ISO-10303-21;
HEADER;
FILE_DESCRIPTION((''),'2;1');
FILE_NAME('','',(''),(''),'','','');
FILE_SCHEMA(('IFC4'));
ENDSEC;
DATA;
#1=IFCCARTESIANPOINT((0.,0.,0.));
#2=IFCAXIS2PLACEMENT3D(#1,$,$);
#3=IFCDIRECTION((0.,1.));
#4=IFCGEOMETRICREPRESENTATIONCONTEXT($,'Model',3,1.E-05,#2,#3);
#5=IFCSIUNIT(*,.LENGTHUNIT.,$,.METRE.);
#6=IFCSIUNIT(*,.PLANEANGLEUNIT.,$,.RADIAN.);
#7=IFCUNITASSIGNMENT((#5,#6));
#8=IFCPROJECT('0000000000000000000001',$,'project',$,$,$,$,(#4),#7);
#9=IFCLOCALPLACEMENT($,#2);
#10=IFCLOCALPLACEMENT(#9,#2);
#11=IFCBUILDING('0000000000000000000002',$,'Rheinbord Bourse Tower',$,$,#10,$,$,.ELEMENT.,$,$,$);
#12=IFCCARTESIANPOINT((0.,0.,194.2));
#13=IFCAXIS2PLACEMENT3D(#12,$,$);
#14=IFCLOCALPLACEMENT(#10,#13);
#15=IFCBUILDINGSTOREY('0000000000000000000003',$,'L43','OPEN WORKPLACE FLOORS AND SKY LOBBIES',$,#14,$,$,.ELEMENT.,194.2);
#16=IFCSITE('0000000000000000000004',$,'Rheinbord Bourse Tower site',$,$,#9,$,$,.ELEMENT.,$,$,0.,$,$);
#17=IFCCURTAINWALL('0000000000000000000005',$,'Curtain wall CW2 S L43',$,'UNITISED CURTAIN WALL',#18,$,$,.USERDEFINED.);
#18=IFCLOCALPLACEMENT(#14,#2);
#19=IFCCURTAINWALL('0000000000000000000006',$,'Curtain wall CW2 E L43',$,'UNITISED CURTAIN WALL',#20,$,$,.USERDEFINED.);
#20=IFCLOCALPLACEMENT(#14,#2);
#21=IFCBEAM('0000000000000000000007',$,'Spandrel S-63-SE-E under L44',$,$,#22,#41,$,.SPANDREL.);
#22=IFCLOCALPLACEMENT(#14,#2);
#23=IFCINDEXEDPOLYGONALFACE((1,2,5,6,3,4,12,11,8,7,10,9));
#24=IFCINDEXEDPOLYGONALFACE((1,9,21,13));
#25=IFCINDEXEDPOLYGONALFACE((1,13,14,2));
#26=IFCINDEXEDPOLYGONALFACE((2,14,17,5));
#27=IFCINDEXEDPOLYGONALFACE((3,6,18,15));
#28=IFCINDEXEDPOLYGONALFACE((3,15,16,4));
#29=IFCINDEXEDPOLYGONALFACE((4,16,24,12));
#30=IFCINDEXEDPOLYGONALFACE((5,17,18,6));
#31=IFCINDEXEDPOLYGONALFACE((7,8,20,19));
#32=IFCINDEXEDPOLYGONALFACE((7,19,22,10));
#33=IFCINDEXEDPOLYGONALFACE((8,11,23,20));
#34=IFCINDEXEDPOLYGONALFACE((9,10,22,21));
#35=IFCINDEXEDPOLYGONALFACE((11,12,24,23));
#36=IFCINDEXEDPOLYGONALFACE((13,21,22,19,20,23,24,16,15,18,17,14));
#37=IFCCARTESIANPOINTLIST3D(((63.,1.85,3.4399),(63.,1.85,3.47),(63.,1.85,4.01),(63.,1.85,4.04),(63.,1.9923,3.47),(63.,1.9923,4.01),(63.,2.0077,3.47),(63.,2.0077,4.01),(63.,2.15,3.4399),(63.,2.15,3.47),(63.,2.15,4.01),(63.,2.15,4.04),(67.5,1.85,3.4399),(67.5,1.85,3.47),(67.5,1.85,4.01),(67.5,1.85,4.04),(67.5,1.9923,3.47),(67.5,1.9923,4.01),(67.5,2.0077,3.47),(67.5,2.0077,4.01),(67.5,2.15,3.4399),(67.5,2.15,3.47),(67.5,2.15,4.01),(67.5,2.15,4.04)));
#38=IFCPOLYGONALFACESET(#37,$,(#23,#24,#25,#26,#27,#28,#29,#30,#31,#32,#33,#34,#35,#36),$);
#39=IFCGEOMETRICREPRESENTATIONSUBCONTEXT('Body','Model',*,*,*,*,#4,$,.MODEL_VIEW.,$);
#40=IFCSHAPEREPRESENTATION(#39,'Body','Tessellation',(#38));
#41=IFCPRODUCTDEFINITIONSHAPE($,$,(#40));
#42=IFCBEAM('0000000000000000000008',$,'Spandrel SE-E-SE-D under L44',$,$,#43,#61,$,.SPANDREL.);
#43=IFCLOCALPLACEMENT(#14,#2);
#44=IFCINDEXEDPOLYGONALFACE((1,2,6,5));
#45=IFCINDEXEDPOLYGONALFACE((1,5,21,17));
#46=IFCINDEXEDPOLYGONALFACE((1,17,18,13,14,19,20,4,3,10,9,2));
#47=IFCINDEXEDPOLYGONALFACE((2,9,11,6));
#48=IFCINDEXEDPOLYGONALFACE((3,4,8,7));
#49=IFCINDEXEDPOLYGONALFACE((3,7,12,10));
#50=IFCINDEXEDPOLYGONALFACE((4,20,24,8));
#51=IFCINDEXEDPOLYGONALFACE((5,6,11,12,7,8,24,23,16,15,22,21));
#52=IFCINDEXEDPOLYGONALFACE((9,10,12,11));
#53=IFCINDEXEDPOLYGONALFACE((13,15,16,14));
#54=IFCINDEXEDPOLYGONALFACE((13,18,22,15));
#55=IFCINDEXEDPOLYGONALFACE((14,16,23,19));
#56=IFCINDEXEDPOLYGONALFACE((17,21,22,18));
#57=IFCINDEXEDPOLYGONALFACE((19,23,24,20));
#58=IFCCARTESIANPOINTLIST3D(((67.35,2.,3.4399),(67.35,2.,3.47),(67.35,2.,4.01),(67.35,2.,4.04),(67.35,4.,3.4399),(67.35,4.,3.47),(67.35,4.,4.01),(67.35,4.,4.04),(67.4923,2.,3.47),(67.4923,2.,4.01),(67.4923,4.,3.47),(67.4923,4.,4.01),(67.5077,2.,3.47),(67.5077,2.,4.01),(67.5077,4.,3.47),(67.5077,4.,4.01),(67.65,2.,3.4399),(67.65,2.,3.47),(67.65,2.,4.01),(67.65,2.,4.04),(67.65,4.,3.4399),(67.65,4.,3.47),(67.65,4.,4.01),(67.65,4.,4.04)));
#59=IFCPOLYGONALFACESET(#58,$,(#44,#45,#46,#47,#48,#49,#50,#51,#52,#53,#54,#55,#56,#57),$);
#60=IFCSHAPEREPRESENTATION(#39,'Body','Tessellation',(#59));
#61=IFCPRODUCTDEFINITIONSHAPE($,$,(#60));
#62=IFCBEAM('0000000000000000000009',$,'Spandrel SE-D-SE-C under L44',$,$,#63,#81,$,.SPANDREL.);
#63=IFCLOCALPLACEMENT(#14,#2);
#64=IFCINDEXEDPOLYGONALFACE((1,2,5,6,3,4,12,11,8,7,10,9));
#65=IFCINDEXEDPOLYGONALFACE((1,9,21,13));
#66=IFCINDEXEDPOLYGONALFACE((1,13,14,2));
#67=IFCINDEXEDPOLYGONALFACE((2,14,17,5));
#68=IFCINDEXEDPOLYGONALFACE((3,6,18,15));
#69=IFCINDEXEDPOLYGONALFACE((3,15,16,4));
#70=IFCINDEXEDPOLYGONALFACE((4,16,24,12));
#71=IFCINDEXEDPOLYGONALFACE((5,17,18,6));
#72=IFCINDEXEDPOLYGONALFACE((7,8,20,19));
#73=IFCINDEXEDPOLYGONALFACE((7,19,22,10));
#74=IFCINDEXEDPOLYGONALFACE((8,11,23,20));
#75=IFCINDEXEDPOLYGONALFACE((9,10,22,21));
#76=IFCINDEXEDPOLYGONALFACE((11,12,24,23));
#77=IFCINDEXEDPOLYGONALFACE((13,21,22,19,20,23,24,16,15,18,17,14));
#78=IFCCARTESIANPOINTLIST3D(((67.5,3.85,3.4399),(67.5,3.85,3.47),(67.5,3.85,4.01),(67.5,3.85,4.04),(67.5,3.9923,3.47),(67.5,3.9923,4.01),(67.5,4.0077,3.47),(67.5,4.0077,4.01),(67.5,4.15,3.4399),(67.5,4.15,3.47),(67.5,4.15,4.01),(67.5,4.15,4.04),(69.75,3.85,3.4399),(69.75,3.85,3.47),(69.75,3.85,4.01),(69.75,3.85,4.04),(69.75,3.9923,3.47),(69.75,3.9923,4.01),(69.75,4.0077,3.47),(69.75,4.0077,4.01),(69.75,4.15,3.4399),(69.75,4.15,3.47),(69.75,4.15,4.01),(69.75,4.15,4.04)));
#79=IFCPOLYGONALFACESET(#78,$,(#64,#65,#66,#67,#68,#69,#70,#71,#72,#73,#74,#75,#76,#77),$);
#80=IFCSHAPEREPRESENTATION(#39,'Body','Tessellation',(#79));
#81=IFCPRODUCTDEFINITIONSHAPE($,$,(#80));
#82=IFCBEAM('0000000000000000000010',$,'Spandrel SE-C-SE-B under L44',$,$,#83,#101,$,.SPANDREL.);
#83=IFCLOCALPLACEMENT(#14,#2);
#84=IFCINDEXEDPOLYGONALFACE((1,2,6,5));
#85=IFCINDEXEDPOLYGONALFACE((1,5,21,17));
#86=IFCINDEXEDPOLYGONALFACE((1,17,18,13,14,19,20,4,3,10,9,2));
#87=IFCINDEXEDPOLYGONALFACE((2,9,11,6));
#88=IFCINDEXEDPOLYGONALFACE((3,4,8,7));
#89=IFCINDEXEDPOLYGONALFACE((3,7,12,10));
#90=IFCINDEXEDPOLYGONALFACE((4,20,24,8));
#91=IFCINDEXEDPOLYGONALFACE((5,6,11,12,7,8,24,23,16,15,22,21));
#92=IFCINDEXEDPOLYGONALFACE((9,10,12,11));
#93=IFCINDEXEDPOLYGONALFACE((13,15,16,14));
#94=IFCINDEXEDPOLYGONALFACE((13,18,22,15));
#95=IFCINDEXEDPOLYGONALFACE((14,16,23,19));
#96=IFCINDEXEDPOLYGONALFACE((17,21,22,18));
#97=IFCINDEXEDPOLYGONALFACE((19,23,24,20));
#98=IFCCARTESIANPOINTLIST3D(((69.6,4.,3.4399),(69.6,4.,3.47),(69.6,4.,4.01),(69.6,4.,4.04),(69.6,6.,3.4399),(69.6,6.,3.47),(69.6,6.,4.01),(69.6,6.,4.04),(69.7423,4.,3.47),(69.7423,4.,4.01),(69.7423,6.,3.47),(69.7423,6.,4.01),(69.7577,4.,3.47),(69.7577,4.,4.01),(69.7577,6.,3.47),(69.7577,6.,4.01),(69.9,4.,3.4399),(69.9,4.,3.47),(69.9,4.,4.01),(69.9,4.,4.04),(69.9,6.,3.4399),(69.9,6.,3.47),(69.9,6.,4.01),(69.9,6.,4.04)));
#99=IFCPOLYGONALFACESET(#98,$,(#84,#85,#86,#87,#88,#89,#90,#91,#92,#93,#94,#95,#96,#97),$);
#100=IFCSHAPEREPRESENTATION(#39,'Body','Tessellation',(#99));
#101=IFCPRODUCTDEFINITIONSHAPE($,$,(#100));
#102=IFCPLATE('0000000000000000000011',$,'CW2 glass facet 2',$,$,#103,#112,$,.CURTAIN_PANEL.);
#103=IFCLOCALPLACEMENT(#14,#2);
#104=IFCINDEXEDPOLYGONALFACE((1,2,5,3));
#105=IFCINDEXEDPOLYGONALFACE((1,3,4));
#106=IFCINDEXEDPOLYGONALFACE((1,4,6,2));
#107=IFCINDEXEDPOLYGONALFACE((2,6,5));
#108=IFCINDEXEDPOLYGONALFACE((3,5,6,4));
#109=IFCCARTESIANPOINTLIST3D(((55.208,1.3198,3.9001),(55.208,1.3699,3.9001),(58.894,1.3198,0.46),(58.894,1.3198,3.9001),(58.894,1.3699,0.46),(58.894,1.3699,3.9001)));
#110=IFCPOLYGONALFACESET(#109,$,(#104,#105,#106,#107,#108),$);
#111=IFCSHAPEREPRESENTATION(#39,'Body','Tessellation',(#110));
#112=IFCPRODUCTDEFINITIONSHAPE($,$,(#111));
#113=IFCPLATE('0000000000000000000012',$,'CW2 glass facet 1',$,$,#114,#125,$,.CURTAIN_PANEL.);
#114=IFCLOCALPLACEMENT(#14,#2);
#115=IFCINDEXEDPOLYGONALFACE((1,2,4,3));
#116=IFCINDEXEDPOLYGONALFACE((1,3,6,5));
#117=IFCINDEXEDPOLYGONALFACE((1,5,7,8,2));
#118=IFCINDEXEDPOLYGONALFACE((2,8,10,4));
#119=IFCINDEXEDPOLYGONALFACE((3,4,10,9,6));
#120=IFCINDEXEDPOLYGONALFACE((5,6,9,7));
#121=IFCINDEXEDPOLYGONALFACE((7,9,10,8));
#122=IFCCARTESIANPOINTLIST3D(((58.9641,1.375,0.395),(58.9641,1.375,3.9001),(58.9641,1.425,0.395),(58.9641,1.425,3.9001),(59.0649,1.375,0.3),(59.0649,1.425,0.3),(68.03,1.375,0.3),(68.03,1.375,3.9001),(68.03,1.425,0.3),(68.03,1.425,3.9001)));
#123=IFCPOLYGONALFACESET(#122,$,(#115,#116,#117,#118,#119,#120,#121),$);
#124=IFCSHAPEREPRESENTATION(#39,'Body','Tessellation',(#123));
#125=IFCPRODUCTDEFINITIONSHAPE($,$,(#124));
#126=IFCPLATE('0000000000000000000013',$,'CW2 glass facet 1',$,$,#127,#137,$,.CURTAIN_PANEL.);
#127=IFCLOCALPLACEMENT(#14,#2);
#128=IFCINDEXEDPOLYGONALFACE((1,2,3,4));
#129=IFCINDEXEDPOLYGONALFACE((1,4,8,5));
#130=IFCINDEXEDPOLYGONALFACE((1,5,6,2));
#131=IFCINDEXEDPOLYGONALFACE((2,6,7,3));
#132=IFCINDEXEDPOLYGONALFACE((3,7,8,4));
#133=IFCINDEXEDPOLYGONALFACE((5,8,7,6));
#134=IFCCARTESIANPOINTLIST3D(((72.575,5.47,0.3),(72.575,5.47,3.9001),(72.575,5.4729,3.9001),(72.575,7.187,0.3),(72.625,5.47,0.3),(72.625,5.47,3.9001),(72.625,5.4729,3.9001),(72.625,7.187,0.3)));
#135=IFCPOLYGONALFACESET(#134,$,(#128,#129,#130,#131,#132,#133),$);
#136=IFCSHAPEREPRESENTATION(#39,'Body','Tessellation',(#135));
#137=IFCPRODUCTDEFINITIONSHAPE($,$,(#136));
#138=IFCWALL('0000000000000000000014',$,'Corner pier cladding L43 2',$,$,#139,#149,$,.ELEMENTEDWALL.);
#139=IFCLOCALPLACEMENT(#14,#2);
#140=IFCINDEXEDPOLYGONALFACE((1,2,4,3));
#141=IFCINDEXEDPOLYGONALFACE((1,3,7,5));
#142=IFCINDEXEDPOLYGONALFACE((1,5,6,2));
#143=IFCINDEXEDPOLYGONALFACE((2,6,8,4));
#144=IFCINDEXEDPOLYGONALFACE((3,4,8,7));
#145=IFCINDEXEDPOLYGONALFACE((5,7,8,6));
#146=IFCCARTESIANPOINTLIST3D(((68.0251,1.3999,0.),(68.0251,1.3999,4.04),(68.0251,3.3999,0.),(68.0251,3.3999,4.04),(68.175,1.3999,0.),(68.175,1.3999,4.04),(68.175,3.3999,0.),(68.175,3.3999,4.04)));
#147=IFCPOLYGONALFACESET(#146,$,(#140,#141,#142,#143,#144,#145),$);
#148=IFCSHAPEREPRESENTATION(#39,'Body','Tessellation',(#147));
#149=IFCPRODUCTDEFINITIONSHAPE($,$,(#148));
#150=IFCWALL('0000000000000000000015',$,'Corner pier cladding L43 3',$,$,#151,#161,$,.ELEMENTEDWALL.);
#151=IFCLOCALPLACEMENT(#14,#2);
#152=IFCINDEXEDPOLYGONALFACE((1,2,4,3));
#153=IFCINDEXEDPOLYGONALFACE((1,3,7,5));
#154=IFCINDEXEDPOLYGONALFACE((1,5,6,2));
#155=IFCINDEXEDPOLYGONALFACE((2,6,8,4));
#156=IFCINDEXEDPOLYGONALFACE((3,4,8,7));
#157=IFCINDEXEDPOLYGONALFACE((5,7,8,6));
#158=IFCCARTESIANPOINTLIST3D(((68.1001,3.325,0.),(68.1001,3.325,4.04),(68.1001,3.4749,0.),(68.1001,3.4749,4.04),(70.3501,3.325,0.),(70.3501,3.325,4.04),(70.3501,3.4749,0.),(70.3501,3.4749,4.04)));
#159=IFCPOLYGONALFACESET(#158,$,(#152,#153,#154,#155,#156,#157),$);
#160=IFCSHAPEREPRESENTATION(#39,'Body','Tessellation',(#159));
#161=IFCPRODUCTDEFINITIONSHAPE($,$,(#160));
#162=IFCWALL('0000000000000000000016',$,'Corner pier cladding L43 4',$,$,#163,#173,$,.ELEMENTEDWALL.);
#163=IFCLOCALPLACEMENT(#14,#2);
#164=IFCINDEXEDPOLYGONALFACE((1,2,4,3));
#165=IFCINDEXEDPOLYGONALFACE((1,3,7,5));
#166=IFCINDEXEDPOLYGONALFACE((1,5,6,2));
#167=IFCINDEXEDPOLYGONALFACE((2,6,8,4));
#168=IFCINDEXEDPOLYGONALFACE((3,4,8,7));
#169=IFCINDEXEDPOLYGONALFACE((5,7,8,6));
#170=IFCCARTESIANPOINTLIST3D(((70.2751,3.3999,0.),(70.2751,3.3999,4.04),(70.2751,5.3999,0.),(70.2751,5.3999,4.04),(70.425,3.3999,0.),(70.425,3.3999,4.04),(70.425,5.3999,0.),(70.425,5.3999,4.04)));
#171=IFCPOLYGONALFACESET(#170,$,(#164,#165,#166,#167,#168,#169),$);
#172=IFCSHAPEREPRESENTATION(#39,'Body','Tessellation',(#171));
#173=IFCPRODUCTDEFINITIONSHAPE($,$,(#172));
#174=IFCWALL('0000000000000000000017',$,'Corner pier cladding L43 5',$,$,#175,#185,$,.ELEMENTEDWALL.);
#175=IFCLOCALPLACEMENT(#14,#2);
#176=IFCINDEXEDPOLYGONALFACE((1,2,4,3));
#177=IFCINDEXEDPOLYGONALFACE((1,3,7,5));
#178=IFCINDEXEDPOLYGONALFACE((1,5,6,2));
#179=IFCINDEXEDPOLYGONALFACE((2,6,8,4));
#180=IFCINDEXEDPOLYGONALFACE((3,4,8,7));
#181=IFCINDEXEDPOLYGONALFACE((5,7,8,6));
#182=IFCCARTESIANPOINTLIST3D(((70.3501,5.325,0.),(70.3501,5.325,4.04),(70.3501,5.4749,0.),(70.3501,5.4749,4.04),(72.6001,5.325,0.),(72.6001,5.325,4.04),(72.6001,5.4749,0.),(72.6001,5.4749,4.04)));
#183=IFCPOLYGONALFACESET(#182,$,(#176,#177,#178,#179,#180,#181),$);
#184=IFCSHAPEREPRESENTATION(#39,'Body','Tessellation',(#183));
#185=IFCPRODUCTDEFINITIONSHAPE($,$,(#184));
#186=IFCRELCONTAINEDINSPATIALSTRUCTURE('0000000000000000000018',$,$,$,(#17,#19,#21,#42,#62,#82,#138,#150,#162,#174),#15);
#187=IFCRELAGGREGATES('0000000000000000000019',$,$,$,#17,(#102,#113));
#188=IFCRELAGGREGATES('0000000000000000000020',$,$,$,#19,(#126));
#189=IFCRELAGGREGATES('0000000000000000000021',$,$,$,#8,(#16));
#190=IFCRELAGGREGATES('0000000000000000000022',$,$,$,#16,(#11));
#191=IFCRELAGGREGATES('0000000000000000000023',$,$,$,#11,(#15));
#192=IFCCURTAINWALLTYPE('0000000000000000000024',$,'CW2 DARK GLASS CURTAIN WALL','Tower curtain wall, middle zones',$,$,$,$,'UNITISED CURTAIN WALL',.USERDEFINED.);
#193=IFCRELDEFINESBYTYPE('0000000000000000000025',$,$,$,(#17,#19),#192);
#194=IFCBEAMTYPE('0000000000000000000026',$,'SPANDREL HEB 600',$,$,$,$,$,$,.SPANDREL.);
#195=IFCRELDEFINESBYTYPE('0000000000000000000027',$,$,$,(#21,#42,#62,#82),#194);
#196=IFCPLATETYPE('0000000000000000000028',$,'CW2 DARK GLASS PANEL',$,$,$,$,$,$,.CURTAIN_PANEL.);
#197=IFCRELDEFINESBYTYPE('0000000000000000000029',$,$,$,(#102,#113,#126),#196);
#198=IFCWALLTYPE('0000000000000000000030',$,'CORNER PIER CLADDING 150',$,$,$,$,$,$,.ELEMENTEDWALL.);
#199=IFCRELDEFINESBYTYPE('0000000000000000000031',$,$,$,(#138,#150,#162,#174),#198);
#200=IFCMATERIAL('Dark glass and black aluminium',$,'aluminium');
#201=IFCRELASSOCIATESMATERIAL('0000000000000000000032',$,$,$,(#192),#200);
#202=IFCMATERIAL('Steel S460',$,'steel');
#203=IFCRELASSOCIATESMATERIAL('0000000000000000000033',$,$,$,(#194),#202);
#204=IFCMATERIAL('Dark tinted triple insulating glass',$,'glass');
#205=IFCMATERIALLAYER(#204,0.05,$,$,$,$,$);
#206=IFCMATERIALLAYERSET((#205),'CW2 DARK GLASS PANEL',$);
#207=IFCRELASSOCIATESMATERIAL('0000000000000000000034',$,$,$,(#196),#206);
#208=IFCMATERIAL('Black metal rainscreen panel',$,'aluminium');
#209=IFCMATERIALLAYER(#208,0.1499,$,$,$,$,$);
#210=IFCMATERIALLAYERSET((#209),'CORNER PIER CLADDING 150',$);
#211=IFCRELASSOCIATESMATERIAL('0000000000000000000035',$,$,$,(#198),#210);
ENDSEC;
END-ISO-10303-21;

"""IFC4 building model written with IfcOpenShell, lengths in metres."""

from ifc_helpers import new_model, si_unit, direction, frame, frame_2d, origin, origin_2d, place, context, subcontext, project, spatial, polyline, rectangle, i_section, outline, extrude, material, layer, layer_set, material_profile, profile_set, type_object, element, aggregate, save


model = new_model("IFC4")

# Units and contexts
model_context = context("Model", 3, precision=1e-05, world=origin(), true_north=direction((0.0, 1.0)))
body_context = subcontext(model_context, "Body", "Model", "MODEL_VIEW")
ifc_project = project(units=[si_unit("LENGTHUNIT", "METRE"), si_unit("PLANEANGLEUNIT", "RADIAN")], contexts=[model_context])

# Site, building, storey
site_placement = place(None, origin())
site = spatial("IfcSite", under=ifc_project, at=site_placement, Name="Rheinbord Bourse Tower site", CompositionType="ELEMENT", RefElevation=0.0)
building_placement = place(site_placement, origin())
building = spatial("IfcBuilding", under=site, at=building_placement, Name="Rheinbord Bourse Tower", CompositionType="ELEMENT")
storey_placement = place(building_placement, frame((0.0, 0.0, 194.2)))
storey = spatial("IfcBuildingStorey", under=building, at=storey_placement, Name="L43", Description="OPEN WORKPLACE FLOORS AND SKY LOBBIES", CompositionType="ELEMENT", Elevation=194.2)

# Curtain wall
ifc_material_1 = material(Name="Dark glass and black aluminium", Category="aluminium")
curtain_wall_type = type_object("IfcCurtainWallType", Name="CW2 DARK GLASS CURTAIN WALL", Description="Tower curtain wall, middle zones", ElementType="UNITISED CURTAIN WALL", PredefinedType="USERDEFINED", material=ifc_material_1)
curtain_wall_1_placement = place(storey_placement, origin())
curtain_wall_1 = element("IfcCurtainWall", 1, at=curtain_wall_1_placement, inside=storey, type_object=curtain_wall_type, Name="Curtain wall CW2 S L43", ObjectType="UNITISED CURTAIN WALL", PredefinedType="USERDEFINED")

# Curtain wall
curtain_wall_2_placement = place(storey_placement, origin())
curtain_wall_2 = element("IfcCurtainWall", 2, at=curtain_wall_2_placement, inside=storey, type_object=curtain_wall_type, Name="Curtain wall CW2 E L43", ObjectType="UNITISED CURTAIN WALL", PredefinedType="USERDEFINED")

# Beams
ifc_material_2 = material(Name="Steel S460", Category="steel")
ifc_material_profile_1 = material_profile(ifc_material_2, i_section(OverallWidth=0.3, OverallDepth=0.6001, WebThickness=0.0154, FlangeThickness=0.03, at=origin_2d()), Name="HEB 600")
ifc_profile_set_1 = profile_set([ifc_material_profile_1], Name="Steel S460")
beam_type_1 = type_object("IfcBeamType", Name="SPANDREL HEB 600", PredefinedType="SPANDREL", material=ifc_profile_set_1)
for number, where, z_axis, x_axis, name in (
    (3, (63.0, 2.0, 3.74), (1.0, 0.0, 0.0), (0.0, 1.0, 0.0), "Spandrel S-63-SE-E under L44"),
):
    element("IfcBeam", number, at=place(storey_placement, frame(where, z_axis=z_axis, x_axis=x_axis)), inside=storey, type_object=beam_type_1, Name=name, PredefinedType="SPANDREL", context=body_context, shape_type="SweptSolid", body=[
        extrude(i_section(OverallWidth=0.3, OverallDepth=0.6001, WebThickness=0.0154, FlangeThickness=0.03, at=origin_2d()), origin(), (0.0, 0.0, 1.0), 4.5),
    ])
beam_1_placement = place(storey_placement, frame((67.5, 2.0, 3.74), z_axis=(0.0, 1.0, 0.0), x_axis=(-1.0, 0.0, 0.0)))
element("IfcBeam", 4, at=beam_1_placement, inside=storey, type_object=beam_type_1, Name="Spandrel SE-E-SE-D under L44", PredefinedType="SPANDREL", context=body_context, shape_type="SweptSolid", body=[
    extrude(i_section(OverallWidth=0.3, OverallDepth=0.6001, WebThickness=0.0154, FlangeThickness=0.03, at=origin_2d()), origin(), (0.0, 0.0, 1.0), 2.0),
])
beam_2_placement = place(storey_placement, frame((67.5, 4.0, 3.74), z_axis=(1.0, 0.0, 0.0), x_axis=(0.0, 1.0, 0.0)))
element("IfcBeam", 5, at=beam_2_placement, inside=storey, type_object=beam_type_1, Name="Spandrel SE-D-SE-C under L44", PredefinedType="SPANDREL", context=body_context, shape_type="SweptSolid", body=[
    extrude(i_section(OverallWidth=0.3, OverallDepth=0.6001, WebThickness=0.0154, FlangeThickness=0.03, at=origin_2d()), origin(), (0.0, 0.0, 1.0), 2.25),
])
beam_3_placement = place(storey_placement, frame((69.75, 4.0, 3.74), z_axis=(0.0, 1.0, 0.0), x_axis=(-1.0, 0.0, 0.0)))
element("IfcBeam", 6, at=beam_3_placement, inside=storey, type_object=beam_type_1, Name="Spandrel SE-C-SE-B under L44", PredefinedType="SPANDREL", context=body_context, shape_type="SweptSolid", body=[
    extrude(i_section(OverallWidth=0.3, OverallDepth=0.6001, WebThickness=0.0154, FlangeThickness=0.03, at=origin_2d()), origin(), (0.0, 0.0, 1.0), 2.0),
])

# Plates
ifc_material_3 = material(Name="Dark tinted triple insulating glass", Category="glass")
ifc_layer_1 = layer(ifc_material_3, 0.05)
ifc_layer_set_1 = layer_set([ifc_layer_1], Name="CW2 DARK GLASS PANEL")
plate_type = type_object("IfcPlateType", Name="CW2 DARK GLASS PANEL", PredefinedType="CURTAIN_PANEL", material=ifc_layer_set_1)
plate_1_placement = place(storey_placement, frame((58.894, 1.3198, 3.9001), z_axis=(0.0, 1.0, 0.0), x_axis=(0.0, 0.0, -1.0)))
plate_1 = element("IfcPlate", 7, at=plate_1_placement, type_object=plate_type, Name="CW2 glass facet 2", PredefinedType="CURTAIN_PANEL", context=body_context, shape_type="SweptSolid", body=[
    extrude(outline(polyline([(0.0, 0.0), (3.4402, 0.0), (0.0, 3.686), (0.0, 0.0)])), origin(), (0.0, 0.0, 1.0), 0.05),
])
plate_2_placement = place(storey_placement, frame((58.9641, 1.375, 3.9001), z_axis=(0.0, 1.0, 0.0), x_axis=(1.0, 0.0, 0.0)))
plate_2 = element("IfcPlate", 8, at=plate_2_placement, type_object=plate_type, Name="CW2 glass facet 1", PredefinedType="CURTAIN_PANEL", context=body_context, shape_type="SweptSolid", body=[
    extrude(outline(polyline([(0.0, 0.0), (9.0659, 0.0), (9.0659, 3.6001), (0.1008, 3.6001), (0.0, 3.5051), (0.0, 0.0)])), origin(), (0.0, 0.0, 1.0), 0.05),
])
aggregate(curtain_wall_1, [plate_1, plate_2])
plate_3_placement = place(storey_placement, frame((72.625, 5.47, 0.3), z_axis=(-1.0, 0.0, 0.0), x_axis=(0.0, 0.0, 1.0)))
plate_3 = element("IfcPlate", 9, at=plate_3_placement, type_object=plate_type, Name="CW2 glass facet 1", PredefinedType="CURTAIN_PANEL", context=body_context, shape_type="SweptSolid", body=[
    extrude(outline(polyline([(0.0, 0.0), (3.6001, 0.0), (3.6001, 0.0029), (0.0, 1.717), (0.0, 0.0)])), origin(), (0.0, 0.0, 1.0), 0.05),
])
aggregate(curtain_wall_2, [plate_3])

# Walls
ifc_material_4 = material(Name="Black metal rainscreen panel", Category="aluminium")
ifc_layer_2 = layer(ifc_material_4, 0.1499)
ifc_layer_set_2 = layer_set([ifc_layer_2], Name="CORNER PIER CLADDING 150")
wall_type = type_object("IfcWallType", Name="CORNER PIER CLADDING 150", PredefinedType="ELEMENTEDWALL", material=ifc_layer_set_2)
wall_1_placement = place(storey_placement, frame((68.1001, 1.3999, 0.0), z_axis=(0.0, 0.0, 1.0), x_axis=(0.0, 1.0, 0.0)))
element("IfcWall", 10, at=wall_1_placement, inside=storey, type_object=wall_type, Name="Corner pier cladding L43 2", PredefinedType="ELEMENTEDWALL", context=body_context, shape_type="SweptSolid", body=[
    extrude(rectangle(XDim=2.0, YDim=0.1499, at=frame_2d((1.0, 0.0))), origin(), (0.0, 0.0, 1.0), 4.04),
])
wall_2_placement = place(storey_placement, frame((68.1001, 3.3999, 0.0), z_axis=(0.0, 0.0, 1.0), x_axis=(1.0, 0.0, 0.0)))
element("IfcWall", 11, at=wall_2_placement, inside=storey, type_object=wall_type, Name="Corner pier cladding L43 3", PredefinedType="ELEMENTEDWALL", context=body_context, shape_type="SweptSolid", body=[
    extrude(rectangle(XDim=2.25, YDim=0.1499, at=frame_2d((1.125, 0.0))), origin(), (0.0, 0.0, 1.0), 4.04),
])
wall_3_placement = place(storey_placement, frame((70.3501, 3.3999, 0.0), z_axis=(0.0, 0.0, 1.0), x_axis=(0.0, 1.0, 0.0)))
element("IfcWall", 12, at=wall_3_placement, inside=storey, type_object=wall_type, Name="Corner pier cladding L43 4", PredefinedType="ELEMENTEDWALL", context=body_context, shape_type="SweptSolid", body=[
    extrude(rectangle(XDim=2.0, YDim=0.1499, at=frame_2d((1.0, 0.0))), origin(), (0.0, 0.0, 1.0), 4.04),
])
wall_4_placement = place(storey_placement, frame((70.3501, 5.3999, 0.0), z_axis=(0.0, 0.0, 1.0), x_axis=(1.0, 0.0, 0.0)))
element("IfcWall", 13, at=wall_4_placement, inside=storey, type_object=wall_type, Name="Corner pier cladding L43 5", PredefinedType="ELEMENTEDWALL", context=body_context, shape_type="SweptSolid", body=[
    extrude(rectangle(XDim=2.25, YDim=0.1499, at=frame_2d((1.125, 0.0))), origin(), (0.0, 0.0, 1.0), 4.04),
])

save(model, "model.ifc")
